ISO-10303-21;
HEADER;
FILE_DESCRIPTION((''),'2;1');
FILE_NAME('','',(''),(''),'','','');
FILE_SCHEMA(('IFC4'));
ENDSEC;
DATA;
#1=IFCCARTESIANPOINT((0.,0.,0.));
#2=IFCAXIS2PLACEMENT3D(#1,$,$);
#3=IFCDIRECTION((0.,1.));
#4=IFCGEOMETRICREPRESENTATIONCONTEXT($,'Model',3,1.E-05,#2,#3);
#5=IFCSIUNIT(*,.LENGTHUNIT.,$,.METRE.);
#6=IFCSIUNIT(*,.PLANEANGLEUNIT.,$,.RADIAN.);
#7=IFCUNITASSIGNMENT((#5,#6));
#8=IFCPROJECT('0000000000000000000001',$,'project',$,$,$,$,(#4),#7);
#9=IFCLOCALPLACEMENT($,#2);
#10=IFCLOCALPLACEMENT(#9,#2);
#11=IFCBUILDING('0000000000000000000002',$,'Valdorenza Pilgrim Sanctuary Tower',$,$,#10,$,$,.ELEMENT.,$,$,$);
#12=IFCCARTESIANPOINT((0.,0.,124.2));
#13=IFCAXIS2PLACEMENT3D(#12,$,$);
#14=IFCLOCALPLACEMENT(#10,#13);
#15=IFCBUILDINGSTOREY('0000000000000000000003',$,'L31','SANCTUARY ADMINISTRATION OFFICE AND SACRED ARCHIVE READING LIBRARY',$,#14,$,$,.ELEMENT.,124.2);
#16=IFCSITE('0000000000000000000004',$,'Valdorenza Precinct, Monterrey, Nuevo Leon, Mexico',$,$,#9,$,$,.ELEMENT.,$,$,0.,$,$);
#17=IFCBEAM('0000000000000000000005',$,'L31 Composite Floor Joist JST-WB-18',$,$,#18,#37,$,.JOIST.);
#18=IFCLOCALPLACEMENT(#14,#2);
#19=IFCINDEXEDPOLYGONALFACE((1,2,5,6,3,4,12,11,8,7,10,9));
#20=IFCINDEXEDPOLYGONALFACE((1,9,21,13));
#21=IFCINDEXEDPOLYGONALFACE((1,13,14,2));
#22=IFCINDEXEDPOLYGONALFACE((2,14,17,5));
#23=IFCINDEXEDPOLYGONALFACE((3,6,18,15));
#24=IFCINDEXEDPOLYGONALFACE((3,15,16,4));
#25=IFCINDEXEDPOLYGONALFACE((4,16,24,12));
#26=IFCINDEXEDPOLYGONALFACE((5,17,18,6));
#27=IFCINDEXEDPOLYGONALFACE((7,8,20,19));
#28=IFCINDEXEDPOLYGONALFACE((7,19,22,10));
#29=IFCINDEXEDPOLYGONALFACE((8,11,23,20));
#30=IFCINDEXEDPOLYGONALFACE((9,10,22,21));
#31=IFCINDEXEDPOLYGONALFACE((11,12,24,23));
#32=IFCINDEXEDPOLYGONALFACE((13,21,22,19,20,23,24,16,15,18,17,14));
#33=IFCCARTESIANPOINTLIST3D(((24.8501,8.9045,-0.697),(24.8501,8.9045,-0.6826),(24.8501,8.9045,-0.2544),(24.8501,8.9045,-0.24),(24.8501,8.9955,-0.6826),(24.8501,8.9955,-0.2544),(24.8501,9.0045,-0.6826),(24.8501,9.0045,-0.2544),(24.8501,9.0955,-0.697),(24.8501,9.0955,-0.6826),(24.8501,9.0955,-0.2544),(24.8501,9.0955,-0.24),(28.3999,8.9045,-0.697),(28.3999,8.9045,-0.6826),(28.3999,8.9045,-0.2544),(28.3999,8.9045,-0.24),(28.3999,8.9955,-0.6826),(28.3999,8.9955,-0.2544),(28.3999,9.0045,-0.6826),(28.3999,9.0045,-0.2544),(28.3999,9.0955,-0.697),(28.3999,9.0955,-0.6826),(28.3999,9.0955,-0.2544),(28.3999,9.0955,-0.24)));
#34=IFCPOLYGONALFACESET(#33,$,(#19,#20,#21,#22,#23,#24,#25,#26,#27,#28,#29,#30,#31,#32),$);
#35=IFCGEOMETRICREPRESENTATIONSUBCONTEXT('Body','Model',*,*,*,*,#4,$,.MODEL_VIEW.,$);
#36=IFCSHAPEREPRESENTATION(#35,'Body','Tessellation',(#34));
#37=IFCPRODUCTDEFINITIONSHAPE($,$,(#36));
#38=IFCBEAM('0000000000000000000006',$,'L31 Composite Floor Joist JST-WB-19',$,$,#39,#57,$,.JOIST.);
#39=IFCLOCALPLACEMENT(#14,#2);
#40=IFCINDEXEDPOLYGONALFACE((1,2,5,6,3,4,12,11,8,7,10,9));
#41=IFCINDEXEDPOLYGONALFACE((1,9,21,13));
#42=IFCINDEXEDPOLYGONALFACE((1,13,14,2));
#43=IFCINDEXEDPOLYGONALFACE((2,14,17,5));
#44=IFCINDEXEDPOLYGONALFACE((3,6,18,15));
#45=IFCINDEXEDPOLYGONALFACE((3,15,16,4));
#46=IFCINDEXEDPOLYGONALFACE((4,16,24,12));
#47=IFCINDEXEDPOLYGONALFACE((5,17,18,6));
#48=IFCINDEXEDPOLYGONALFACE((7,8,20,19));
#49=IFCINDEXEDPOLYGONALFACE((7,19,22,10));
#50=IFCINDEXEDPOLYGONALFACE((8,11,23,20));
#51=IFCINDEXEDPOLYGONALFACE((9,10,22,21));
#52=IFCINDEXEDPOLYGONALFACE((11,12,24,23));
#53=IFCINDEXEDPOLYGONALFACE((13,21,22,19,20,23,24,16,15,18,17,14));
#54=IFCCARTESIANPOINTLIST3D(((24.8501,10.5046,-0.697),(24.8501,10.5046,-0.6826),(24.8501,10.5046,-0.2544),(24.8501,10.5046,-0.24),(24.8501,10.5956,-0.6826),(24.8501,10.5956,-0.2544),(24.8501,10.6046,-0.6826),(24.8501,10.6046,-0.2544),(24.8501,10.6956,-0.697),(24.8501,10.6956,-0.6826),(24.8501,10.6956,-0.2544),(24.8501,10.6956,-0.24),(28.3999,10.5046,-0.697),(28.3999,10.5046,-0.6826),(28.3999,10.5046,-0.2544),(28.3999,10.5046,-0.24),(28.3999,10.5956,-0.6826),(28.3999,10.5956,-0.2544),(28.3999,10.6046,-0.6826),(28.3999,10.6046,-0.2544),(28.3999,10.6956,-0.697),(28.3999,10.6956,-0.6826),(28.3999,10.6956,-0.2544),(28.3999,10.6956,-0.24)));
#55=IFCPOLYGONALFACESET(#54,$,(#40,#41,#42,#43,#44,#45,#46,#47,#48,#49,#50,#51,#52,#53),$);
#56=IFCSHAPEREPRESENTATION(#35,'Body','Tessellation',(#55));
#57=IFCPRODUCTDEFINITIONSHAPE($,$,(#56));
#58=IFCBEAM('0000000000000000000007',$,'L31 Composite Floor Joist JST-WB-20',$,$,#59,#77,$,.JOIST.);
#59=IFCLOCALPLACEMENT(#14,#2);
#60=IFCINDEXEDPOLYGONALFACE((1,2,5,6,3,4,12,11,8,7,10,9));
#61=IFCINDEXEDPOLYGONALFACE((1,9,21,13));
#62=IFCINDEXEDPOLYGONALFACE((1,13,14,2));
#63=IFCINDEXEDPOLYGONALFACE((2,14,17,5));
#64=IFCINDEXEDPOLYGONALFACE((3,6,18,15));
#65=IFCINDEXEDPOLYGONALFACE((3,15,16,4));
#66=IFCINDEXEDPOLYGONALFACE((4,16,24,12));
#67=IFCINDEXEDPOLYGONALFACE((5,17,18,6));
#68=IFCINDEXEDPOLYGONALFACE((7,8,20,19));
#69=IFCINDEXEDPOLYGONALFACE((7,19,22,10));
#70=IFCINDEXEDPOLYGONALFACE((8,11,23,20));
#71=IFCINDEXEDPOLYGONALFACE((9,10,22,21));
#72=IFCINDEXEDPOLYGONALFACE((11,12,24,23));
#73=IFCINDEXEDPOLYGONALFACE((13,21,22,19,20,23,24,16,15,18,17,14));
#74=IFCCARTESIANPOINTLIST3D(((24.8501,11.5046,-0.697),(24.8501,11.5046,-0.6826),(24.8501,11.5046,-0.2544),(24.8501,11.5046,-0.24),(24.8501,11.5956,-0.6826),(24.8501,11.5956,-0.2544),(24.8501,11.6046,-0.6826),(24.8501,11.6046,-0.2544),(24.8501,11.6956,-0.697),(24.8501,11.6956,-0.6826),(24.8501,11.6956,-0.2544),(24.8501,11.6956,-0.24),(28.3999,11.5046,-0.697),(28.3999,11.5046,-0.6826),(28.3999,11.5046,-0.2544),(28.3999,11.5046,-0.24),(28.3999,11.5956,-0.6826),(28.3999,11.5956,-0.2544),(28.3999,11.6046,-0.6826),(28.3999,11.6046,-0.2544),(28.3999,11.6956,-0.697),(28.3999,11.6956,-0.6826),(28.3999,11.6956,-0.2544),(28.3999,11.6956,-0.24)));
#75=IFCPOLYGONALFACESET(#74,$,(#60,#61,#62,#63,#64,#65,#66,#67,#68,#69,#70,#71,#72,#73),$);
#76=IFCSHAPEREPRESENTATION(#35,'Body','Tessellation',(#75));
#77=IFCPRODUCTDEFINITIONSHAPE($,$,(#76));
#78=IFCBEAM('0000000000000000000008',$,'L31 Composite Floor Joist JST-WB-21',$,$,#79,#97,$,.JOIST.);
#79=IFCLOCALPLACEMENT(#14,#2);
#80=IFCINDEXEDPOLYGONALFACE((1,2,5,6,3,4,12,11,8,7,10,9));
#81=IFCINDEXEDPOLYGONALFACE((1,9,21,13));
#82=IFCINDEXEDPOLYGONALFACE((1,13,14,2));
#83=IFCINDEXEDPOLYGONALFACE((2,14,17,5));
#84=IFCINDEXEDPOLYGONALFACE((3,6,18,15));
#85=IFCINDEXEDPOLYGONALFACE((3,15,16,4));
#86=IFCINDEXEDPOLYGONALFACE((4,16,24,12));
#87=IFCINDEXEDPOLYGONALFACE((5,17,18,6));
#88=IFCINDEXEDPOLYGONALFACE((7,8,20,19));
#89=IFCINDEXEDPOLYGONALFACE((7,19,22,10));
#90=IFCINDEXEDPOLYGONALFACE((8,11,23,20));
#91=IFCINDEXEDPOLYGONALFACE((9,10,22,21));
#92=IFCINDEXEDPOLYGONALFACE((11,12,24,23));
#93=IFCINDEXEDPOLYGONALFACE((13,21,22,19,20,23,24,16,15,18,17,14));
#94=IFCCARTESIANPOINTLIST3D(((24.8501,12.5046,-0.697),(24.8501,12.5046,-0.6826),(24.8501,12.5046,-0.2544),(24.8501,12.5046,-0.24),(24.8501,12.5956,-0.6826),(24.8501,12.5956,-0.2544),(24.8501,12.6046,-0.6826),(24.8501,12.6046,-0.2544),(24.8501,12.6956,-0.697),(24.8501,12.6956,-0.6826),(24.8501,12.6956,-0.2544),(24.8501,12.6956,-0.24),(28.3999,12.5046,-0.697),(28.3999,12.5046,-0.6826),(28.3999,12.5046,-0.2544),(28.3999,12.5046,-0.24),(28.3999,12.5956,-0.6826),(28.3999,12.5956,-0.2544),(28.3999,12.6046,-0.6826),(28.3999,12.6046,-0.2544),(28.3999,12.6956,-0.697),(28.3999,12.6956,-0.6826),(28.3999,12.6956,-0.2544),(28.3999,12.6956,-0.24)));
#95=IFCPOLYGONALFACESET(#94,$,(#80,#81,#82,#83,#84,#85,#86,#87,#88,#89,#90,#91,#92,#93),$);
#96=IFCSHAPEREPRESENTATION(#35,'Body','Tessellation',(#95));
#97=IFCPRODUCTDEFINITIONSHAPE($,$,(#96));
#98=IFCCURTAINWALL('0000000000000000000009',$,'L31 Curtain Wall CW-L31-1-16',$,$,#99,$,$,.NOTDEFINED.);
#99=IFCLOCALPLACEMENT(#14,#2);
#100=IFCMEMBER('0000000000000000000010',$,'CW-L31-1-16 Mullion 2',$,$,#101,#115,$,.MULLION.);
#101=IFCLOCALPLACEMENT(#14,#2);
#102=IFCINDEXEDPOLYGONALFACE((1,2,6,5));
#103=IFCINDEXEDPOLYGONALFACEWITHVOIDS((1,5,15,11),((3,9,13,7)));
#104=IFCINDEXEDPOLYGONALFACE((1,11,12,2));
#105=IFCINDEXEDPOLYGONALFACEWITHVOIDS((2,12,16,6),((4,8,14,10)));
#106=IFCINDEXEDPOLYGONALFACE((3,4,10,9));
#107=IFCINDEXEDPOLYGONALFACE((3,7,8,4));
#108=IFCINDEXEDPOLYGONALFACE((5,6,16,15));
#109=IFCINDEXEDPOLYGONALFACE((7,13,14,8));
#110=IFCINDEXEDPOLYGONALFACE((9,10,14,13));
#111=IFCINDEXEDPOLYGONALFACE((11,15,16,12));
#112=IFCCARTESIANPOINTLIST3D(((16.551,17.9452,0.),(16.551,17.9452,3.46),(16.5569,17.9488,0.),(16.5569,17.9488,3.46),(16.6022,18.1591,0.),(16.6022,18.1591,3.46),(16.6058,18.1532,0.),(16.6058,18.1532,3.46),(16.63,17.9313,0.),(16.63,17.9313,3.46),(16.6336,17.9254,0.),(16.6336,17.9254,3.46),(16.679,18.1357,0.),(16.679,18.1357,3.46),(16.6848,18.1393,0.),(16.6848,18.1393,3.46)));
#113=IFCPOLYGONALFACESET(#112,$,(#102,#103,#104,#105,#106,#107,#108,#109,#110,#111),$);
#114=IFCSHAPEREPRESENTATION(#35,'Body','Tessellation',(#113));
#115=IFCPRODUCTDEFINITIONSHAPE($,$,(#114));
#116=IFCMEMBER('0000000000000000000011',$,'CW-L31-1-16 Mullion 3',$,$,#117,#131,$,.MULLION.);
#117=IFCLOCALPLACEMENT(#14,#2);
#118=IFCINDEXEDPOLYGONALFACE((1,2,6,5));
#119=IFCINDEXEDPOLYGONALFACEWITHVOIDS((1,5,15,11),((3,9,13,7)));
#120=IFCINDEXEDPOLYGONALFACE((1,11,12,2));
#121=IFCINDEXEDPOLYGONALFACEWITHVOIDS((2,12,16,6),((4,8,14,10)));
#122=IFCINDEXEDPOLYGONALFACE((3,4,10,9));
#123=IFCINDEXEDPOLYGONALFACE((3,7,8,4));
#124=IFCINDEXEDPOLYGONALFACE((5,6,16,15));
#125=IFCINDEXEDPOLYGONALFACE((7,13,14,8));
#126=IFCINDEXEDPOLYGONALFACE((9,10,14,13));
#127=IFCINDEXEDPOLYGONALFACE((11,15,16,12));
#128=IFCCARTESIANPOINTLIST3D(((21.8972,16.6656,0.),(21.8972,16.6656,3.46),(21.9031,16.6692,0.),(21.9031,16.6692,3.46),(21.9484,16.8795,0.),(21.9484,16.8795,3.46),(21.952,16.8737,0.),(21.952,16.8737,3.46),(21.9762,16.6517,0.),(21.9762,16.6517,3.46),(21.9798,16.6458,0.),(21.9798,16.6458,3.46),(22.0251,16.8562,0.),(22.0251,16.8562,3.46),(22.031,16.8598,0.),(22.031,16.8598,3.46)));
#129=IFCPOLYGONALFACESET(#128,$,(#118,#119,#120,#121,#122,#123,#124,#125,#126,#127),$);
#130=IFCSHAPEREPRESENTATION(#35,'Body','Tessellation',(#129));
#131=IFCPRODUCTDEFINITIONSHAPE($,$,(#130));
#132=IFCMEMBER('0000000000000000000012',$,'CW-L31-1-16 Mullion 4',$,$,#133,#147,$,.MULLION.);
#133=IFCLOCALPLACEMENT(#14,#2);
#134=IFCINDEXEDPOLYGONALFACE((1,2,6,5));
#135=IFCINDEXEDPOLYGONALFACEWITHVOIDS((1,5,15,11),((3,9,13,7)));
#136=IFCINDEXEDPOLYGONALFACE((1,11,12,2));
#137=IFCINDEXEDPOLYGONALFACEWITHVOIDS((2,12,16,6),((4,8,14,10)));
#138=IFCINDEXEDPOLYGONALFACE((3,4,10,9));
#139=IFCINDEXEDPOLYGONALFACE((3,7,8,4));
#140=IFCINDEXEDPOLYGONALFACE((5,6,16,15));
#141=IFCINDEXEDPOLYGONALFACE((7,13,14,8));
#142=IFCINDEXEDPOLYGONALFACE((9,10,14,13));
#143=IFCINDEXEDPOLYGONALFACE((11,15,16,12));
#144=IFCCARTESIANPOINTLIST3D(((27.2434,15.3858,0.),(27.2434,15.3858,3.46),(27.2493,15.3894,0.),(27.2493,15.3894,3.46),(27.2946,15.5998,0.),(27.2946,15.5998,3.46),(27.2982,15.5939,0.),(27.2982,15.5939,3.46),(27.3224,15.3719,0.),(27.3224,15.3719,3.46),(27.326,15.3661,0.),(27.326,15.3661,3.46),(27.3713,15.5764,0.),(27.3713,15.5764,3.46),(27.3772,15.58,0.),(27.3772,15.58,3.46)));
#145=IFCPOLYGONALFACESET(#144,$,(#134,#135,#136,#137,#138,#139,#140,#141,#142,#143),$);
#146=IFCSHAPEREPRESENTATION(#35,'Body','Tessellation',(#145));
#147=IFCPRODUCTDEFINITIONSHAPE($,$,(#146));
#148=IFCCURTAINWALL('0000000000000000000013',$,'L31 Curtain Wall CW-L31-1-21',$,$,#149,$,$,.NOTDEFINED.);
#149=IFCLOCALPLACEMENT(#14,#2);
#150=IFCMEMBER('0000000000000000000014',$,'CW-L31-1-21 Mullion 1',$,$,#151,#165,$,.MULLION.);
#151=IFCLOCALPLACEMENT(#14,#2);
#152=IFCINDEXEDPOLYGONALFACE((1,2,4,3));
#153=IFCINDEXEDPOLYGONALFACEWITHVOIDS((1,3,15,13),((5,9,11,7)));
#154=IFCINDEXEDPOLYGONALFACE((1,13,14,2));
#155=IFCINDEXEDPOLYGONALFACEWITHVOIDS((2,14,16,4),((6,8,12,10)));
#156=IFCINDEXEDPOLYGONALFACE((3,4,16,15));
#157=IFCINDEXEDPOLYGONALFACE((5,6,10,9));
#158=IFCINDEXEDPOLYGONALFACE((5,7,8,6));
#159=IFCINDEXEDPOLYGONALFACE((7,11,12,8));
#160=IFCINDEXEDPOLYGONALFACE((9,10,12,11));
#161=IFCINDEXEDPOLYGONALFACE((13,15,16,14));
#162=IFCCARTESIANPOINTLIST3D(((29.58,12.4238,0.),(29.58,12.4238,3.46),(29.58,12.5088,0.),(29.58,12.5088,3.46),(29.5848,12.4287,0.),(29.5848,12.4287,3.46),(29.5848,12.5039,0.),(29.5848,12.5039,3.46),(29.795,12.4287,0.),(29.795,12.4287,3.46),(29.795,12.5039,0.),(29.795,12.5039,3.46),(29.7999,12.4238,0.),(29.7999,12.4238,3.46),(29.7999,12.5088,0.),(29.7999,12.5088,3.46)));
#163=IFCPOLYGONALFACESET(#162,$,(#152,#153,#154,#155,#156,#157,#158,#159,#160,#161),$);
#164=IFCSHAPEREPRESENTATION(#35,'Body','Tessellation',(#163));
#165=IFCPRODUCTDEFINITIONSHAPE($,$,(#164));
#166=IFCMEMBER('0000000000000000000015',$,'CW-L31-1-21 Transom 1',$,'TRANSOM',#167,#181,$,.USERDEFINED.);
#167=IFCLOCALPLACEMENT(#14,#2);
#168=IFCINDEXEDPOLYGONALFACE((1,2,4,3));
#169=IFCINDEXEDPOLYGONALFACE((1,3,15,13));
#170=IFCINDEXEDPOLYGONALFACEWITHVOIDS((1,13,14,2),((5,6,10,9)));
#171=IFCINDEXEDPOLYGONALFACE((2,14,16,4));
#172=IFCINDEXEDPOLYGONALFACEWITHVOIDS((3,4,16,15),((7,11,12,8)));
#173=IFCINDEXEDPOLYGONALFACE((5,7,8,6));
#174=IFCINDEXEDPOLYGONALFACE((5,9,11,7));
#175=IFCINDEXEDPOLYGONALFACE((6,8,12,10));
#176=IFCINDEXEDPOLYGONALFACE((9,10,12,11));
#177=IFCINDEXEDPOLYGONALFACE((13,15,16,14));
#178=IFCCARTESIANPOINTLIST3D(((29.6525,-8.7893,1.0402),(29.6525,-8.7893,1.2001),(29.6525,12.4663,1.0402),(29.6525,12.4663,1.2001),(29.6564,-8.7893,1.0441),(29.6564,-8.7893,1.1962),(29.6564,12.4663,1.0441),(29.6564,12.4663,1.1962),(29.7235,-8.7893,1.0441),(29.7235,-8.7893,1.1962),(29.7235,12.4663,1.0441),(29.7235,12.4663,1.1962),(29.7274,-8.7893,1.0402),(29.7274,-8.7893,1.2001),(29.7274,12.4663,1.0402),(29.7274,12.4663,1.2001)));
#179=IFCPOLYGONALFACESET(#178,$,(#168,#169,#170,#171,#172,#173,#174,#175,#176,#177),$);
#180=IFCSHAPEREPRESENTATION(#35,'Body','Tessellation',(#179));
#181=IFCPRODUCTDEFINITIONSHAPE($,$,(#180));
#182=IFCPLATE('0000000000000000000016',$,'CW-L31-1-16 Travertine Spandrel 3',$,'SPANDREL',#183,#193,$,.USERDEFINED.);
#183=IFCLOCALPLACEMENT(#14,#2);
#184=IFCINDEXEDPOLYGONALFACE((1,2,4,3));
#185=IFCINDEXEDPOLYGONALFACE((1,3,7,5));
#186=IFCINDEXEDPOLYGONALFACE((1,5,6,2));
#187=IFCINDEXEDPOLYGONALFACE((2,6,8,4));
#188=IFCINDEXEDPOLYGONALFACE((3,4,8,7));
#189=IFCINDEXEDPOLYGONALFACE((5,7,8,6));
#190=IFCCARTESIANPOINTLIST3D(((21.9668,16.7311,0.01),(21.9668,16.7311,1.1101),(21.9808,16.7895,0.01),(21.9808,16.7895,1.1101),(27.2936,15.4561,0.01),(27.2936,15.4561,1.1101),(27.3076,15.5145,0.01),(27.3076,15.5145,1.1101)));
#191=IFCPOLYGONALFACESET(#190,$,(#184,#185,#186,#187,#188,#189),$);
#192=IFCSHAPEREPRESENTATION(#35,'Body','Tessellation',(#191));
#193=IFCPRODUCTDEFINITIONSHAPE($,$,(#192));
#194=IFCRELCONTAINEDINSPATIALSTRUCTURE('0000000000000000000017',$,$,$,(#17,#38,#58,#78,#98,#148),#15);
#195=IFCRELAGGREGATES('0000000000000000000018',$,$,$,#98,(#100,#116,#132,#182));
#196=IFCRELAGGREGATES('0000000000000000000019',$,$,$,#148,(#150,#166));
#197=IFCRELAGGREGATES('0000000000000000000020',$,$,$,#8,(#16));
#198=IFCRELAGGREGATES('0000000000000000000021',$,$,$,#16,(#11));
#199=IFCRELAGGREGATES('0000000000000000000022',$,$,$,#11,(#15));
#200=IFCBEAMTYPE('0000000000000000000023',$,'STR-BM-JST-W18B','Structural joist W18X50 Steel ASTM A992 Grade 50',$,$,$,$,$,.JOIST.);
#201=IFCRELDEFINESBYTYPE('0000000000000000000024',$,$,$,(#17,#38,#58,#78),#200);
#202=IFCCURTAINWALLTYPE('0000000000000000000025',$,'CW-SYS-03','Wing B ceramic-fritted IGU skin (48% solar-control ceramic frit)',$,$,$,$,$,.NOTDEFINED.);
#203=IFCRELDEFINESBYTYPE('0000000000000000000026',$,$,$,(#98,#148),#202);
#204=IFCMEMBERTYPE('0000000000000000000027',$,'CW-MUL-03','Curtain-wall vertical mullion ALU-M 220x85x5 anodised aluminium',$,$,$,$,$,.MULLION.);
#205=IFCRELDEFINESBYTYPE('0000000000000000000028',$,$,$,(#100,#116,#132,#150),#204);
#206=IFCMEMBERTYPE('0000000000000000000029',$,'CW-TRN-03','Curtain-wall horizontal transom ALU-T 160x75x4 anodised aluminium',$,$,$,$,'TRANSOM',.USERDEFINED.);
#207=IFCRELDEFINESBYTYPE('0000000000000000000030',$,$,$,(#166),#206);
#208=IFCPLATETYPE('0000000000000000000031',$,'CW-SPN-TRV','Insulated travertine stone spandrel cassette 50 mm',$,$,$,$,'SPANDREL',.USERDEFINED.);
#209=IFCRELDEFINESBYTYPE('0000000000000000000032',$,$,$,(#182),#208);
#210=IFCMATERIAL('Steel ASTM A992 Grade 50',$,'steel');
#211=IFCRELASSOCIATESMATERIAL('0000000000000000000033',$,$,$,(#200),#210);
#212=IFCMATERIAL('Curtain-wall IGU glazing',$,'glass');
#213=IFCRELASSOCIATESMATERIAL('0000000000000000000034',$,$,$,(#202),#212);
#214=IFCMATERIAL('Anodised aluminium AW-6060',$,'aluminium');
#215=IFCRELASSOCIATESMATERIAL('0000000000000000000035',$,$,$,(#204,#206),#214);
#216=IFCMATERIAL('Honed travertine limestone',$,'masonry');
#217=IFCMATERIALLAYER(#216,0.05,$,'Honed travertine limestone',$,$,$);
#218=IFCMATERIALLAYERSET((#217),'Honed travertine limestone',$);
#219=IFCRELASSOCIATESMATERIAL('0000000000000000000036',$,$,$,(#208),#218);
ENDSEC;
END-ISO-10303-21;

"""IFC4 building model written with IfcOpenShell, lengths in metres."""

from ifc_helpers import new_model, si_unit, direction, frame, origin, origin_2d, place, context, subcontext, project, spatial, rectangle, hollow_rectangle, i_section, extrude, source, transform, mapped, material, layer, layer_set, material_profile, profile_set, type_object, element, aggregate, save


model = new_model("IFC4")

# Units and contexts
model_context = context("Model", 3, precision=1e-05, world=origin(), true_north=direction((0.0, 1.0)))
body_context = subcontext(model_context, "Body", "Model", "MODEL_VIEW")
ifc_project = project(units=[si_unit("LENGTHUNIT", "METRE"), si_unit("PLANEANGLEUNIT", "RADIAN")], contexts=[model_context])

# Site, building, storey
site_placement = place(None, origin())
site = spatial("IfcSite", under=ifc_project, at=site_placement, Name="Valdorenza Precinct, Monterrey, Nuevo Leon, Mexico", CompositionType="ELEMENT", RefElevation=0.0)
building_placement = place(site_placement, origin())
building = spatial("IfcBuilding", under=site, at=building_placement, Name="Valdorenza Pilgrim Sanctuary Tower", CompositionType="ELEMENT")
storey_placement = place(building_placement, frame((0.0, 0.0, 124.2)))
storey = spatial("IfcBuildingStorey", under=building, at=storey_placement, Name="L31", Description="SANCTUARY ADMINISTRATION OFFICE AND SACRED ARCHIVE READING LIBRARY", CompositionType="ELEMENT", Elevation=124.2)

# Shared definitions
ifc_material_1 = material(Name="Steel ASTM A992 Grade 50", Category="steel")

# Beams
ifc_material_profile_1 = material_profile(ifc_material_1, i_section(OverallWidth=0.1909, OverallDepth=0.457, WebThickness=0.009, FlangeThickness=0.0144, at=origin_2d()), Name="W18X50")
ifc_profile_set_1 = profile_set([ifc_material_profile_1], Name="Steel ASTM A992 Grade 50")
beam_type_1 = type_object("IfcBeamType", Name="STR-BM-JST-W18B", Description="Structural joist W18X50 Steel ASTM A992 Grade 50", PredefinedType="JOIST", material=ifc_profile_set_1)
shared_shape_1 = source(origin(), body_context, "Body", "SweptSolid", [
    extrude(i_section(OverallWidth=0.1909, OverallDepth=0.457, WebThickness=0.009, FlangeThickness=0.0144, at=origin_2d()), origin(), (0.0, 0.0, 1.0), 3.5498),
])
for number, where, z_axis, x_axis, name in (
    (1, (24.8501, 9.0, -0.4685), (1.0, 0.0, 0.0), (0.0, 1.0, 0.0), "L31 Composite Floor Joist JST-WB-18"),
    (2, (24.8501, 10.6001, -0.4685), (1.0, 0.0, 0.0), (0.0, 1.0, 0.0), "L31 Composite Floor Joist JST-WB-19"),
    (3, (24.8501, 11.6001, -0.4685), (1.0, 0.0, 0.0), (0.0, 1.0, 0.0), "L31 Composite Floor Joist JST-WB-20"),
    (4, (24.8501, 12.6001, -0.4685), (1.0, 0.0, 0.0), (0.0, 1.0, 0.0), "L31 Composite Floor Joist JST-WB-21"),
):
    element("IfcBeam", number, at=place(storey_placement, frame(where, z_axis=z_axis, x_axis=x_axis)), inside=storey, type_object=beam_type_1, Name=name, PredefinedType="JOIST", context=body_context, shape_type="MappedRepresentation", body=[
        mapped(shared_shape_1, transform((0.0, 0.0, 0.0), x_axis=(1.0, 0.0, 0.0), y_axis=(0.0, 1.0, 0.0), z_axis=(0.0, 0.0, 1.0), scale=1.0)),
    ])

# Curtain walls, members
ifc_material_2 = material(Name="Curtain-wall IGU glazing", Category="glass")
curtain_wall_type = type_object("IfcCurtainWallType", Name="CW-SYS-03", Description="Wing B ceramic-fritted IGU skin (48% solar-control ceramic frit)", PredefinedType="NOTDEFINED", material=ifc_material_2)
curtain_wall_1_placement = place(storey_placement, origin())
curtain_wall_1 = element("IfcCurtainWall", 5, at=curtain_wall_1_placement, inside=storey, type_object=curtain_wall_type, Name="L31 Curtain Wall CW-L31-1-16", PredefinedType="NOTDEFINED")
ifc_material_3 = material(Name="Anodised aluminium AW-6060", Category="aluminium")
ifc_material_profile_2 = material_profile(ifc_material_3, hollow_rectangle(XDim=0.085, YDim=0.22, WallThickness=0.0049, at=origin_2d()), Name="ALU-M 220x85x5")
ifc_profile_set_2 = profile_set([ifc_material_profile_2], Name="Anodised aluminium AW-6060")
member_type_1 = type_object("IfcMemberType", Name="CW-MUL-03", Description="Curtain-wall vertical mullion ALU-M 220x85x5 anodised aluminium", PredefinedType="MULLION", material=ifc_profile_set_2)
shared_shape_2 = source(origin(), body_context, "Body", "SweptSolid", [
    extrude(hollow_rectangle(XDim=0.085, YDim=0.22, WallThickness=0.0049, at=origin_2d()), origin(), (0.0, 0.0, 1.0), 3.46),
])
member_1_placement = place(storey_placement, frame((16.6179, 18.0422, 0.0), z_axis=(0.0, 0.0, 1.0), x_axis=(0.972529, -0.232783, 0.0)))
member_1 = element("IfcMember", 6, at=member_1_placement, type_object=member_type_1, Name="CW-L31-1-16 Mullion 2", PredefinedType="MULLION", context=body_context, shape_type="MappedRepresentation", body=[
    mapped(shared_shape_2, transform((0.0, 0.0, 0.0), x_axis=(1.0, 0.0, 0.0), y_axis=(0.0, 1.0, 0.0), z_axis=(0.0, 0.0, 1.0), scale=1.0)),
])
member_2_placement = place(storey_placement, frame((21.9641, 16.7627, 0.0), z_axis=(0.0, 0.0, 1.0), x_axis=(0.972529, -0.232783, 0.0)))
member_2 = element("IfcMember", 7, at=member_2_placement, type_object=member_type_1, Name="CW-L31-1-16 Mullion 3", PredefinedType="MULLION", context=body_context, shape_type="MappedRepresentation", body=[
    mapped(shared_shape_2, transform((0.0, 0.0, 0.0), x_axis=(1.0, 0.0, 0.0), y_axis=(0.0, 1.0, 0.0), z_axis=(0.0, 0.0, 1.0), scale=1.0)),
])
member_3_placement = place(storey_placement, frame((27.3103, 15.4829, 0.0), z_axis=(0.0, 0.0, 1.0), x_axis=(0.972529, -0.232783, 0.0)))
member_3 = element("IfcMember", 8, at=member_3_placement, type_object=member_type_1, Name="CW-L31-1-16 Mullion 4", PredefinedType="MULLION", context=body_context, shape_type="MappedRepresentation", body=[
    mapped(shared_shape_2, transform((0.0, 0.0, 0.0), x_axis=(1.0, 0.0, 0.0), y_axis=(0.0, 1.0, 0.0), z_axis=(0.0, 0.0, 1.0), scale=1.0)),
])
curtain_wall_2_placement = place(storey_placement, origin())
curtain_wall_2 = element("IfcCurtainWall", 9, at=curtain_wall_2_placement, inside=storey, type_object=curtain_wall_type, Name="L31 Curtain Wall CW-L31-1-21", PredefinedType="NOTDEFINED")
member_4_placement = place(storey_placement, frame((29.6899, 12.4663, 0.0), z_axis=(0.0, 0.0, 1.0), x_axis=(0.0, -1.0, 0.0)))
member_4 = element("IfcMember", 10, at=member_4_placement, type_object=member_type_1, Name="CW-L31-1-21 Mullion 1", PredefinedType="MULLION", context=body_context, shape_type="MappedRepresentation", body=[
    mapped(shared_shape_2, transform((0.0, 0.0, 0.0), x_axis=(1.0, 0.0, 0.0), y_axis=(0.0, 1.0, 0.0), z_axis=(0.0, 0.0, 1.0), scale=1.0)),
])
ifc_material_profile_3 = material_profile(ifc_material_3, hollow_rectangle(XDim=0.075, YDim=0.1599, WallThickness=0.0039, at=origin_2d()), Name="ALU-T 160x75x4")
ifc_profile_set_3 = profile_set([ifc_material_profile_3], Name="Anodised aluminium AW-6060")
member_type_2 = type_object("IfcMemberType", Name="CW-TRN-03", Description="Curtain-wall horizontal transom ALU-T 160x75x4 anodised aluminium", ElementType="TRANSOM", PredefinedType="USERDEFINED", material=ifc_profile_set_3)
shared_shape_3 = source(origin(), body_context, "Body", "SweptSolid", [
    extrude(hollow_rectangle(XDim=0.075, YDim=0.1599, WallThickness=0.0039, at=origin_2d()), origin(), (0.0, 0.0, 1.0), 21.2556),
])
member_5_placement = place(storey_placement, frame((29.6899, 12.4663, 1.1201), z_axis=(0.0, -1.0, 0.0), x_axis=(1.0, 0.0, 0.0)))
member_5 = element("IfcMember", 11, at=member_5_placement, type_object=member_type_2, Name="CW-L31-1-21 Transom 1", ObjectType="TRANSOM", PredefinedType="USERDEFINED", context=body_context, shape_type="MappedRepresentation", body=[
    mapped(shared_shape_3, transform((0.0, 0.0, 0.0), x_axis=(1.0, 0.0, 0.0), y_axis=(0.0, 1.0, 0.0), z_axis=(0.0, 0.0, 1.0), scale=1.0)),
])

# Plate
ifc_material_4 = material(Name="Honed travertine limestone", Category="masonry")
ifc_layer_1 = layer(ifc_material_4, 0.05, Name="Honed travertine limestone")
ifc_layer_set_1 = layer_set([ifc_layer_1], Name="Honed travertine limestone")
plate_type_1 = type_object("IfcPlateType", Name="CW-SPN-TRV", Description="Insulated travertine stone spandrel cassette 50 mm", ElementType="SPANDREL", PredefinedType="USERDEFINED", material=ifc_layer_set_1)
shared_shape_4 = source(origin(), body_context, "Body", "SweptSolid", [
    extrude(rectangle(XDim=5.4773, YDim=0.0601, at=origin_2d()), origin(), (0.0, 0.0, 1.0), 1.1001),
])
plate_1_placement = place(storey_placement, frame((24.6372, 16.1228, 0.01), z_axis=(0.0, 0.0, 1.0), x_axis=(0.972529, -0.232783, 0.0)))
plate_1 = element("IfcPlate", 12, at=plate_1_placement, type_object=plate_type_1, Name="CW-L31-1-16 Travertine Spandrel 3", ObjectType="SPANDREL", PredefinedType="USERDEFINED", context=body_context, shape_type="MappedRepresentation", body=[
    mapped(shared_shape_4, transform((0.0, 0.0, 0.0), x_axis=(1.0, 0.0, 0.0), y_axis=(0.0, 1.0, 0.0), z_axis=(0.0, 0.0, 1.0), scale=1.0)),
])
aggregate(curtain_wall_1, [member_1, member_2, member_3, plate_1])
aggregate(curtain_wall_2, [member_4, member_5])

save(model, "model.ifc")
